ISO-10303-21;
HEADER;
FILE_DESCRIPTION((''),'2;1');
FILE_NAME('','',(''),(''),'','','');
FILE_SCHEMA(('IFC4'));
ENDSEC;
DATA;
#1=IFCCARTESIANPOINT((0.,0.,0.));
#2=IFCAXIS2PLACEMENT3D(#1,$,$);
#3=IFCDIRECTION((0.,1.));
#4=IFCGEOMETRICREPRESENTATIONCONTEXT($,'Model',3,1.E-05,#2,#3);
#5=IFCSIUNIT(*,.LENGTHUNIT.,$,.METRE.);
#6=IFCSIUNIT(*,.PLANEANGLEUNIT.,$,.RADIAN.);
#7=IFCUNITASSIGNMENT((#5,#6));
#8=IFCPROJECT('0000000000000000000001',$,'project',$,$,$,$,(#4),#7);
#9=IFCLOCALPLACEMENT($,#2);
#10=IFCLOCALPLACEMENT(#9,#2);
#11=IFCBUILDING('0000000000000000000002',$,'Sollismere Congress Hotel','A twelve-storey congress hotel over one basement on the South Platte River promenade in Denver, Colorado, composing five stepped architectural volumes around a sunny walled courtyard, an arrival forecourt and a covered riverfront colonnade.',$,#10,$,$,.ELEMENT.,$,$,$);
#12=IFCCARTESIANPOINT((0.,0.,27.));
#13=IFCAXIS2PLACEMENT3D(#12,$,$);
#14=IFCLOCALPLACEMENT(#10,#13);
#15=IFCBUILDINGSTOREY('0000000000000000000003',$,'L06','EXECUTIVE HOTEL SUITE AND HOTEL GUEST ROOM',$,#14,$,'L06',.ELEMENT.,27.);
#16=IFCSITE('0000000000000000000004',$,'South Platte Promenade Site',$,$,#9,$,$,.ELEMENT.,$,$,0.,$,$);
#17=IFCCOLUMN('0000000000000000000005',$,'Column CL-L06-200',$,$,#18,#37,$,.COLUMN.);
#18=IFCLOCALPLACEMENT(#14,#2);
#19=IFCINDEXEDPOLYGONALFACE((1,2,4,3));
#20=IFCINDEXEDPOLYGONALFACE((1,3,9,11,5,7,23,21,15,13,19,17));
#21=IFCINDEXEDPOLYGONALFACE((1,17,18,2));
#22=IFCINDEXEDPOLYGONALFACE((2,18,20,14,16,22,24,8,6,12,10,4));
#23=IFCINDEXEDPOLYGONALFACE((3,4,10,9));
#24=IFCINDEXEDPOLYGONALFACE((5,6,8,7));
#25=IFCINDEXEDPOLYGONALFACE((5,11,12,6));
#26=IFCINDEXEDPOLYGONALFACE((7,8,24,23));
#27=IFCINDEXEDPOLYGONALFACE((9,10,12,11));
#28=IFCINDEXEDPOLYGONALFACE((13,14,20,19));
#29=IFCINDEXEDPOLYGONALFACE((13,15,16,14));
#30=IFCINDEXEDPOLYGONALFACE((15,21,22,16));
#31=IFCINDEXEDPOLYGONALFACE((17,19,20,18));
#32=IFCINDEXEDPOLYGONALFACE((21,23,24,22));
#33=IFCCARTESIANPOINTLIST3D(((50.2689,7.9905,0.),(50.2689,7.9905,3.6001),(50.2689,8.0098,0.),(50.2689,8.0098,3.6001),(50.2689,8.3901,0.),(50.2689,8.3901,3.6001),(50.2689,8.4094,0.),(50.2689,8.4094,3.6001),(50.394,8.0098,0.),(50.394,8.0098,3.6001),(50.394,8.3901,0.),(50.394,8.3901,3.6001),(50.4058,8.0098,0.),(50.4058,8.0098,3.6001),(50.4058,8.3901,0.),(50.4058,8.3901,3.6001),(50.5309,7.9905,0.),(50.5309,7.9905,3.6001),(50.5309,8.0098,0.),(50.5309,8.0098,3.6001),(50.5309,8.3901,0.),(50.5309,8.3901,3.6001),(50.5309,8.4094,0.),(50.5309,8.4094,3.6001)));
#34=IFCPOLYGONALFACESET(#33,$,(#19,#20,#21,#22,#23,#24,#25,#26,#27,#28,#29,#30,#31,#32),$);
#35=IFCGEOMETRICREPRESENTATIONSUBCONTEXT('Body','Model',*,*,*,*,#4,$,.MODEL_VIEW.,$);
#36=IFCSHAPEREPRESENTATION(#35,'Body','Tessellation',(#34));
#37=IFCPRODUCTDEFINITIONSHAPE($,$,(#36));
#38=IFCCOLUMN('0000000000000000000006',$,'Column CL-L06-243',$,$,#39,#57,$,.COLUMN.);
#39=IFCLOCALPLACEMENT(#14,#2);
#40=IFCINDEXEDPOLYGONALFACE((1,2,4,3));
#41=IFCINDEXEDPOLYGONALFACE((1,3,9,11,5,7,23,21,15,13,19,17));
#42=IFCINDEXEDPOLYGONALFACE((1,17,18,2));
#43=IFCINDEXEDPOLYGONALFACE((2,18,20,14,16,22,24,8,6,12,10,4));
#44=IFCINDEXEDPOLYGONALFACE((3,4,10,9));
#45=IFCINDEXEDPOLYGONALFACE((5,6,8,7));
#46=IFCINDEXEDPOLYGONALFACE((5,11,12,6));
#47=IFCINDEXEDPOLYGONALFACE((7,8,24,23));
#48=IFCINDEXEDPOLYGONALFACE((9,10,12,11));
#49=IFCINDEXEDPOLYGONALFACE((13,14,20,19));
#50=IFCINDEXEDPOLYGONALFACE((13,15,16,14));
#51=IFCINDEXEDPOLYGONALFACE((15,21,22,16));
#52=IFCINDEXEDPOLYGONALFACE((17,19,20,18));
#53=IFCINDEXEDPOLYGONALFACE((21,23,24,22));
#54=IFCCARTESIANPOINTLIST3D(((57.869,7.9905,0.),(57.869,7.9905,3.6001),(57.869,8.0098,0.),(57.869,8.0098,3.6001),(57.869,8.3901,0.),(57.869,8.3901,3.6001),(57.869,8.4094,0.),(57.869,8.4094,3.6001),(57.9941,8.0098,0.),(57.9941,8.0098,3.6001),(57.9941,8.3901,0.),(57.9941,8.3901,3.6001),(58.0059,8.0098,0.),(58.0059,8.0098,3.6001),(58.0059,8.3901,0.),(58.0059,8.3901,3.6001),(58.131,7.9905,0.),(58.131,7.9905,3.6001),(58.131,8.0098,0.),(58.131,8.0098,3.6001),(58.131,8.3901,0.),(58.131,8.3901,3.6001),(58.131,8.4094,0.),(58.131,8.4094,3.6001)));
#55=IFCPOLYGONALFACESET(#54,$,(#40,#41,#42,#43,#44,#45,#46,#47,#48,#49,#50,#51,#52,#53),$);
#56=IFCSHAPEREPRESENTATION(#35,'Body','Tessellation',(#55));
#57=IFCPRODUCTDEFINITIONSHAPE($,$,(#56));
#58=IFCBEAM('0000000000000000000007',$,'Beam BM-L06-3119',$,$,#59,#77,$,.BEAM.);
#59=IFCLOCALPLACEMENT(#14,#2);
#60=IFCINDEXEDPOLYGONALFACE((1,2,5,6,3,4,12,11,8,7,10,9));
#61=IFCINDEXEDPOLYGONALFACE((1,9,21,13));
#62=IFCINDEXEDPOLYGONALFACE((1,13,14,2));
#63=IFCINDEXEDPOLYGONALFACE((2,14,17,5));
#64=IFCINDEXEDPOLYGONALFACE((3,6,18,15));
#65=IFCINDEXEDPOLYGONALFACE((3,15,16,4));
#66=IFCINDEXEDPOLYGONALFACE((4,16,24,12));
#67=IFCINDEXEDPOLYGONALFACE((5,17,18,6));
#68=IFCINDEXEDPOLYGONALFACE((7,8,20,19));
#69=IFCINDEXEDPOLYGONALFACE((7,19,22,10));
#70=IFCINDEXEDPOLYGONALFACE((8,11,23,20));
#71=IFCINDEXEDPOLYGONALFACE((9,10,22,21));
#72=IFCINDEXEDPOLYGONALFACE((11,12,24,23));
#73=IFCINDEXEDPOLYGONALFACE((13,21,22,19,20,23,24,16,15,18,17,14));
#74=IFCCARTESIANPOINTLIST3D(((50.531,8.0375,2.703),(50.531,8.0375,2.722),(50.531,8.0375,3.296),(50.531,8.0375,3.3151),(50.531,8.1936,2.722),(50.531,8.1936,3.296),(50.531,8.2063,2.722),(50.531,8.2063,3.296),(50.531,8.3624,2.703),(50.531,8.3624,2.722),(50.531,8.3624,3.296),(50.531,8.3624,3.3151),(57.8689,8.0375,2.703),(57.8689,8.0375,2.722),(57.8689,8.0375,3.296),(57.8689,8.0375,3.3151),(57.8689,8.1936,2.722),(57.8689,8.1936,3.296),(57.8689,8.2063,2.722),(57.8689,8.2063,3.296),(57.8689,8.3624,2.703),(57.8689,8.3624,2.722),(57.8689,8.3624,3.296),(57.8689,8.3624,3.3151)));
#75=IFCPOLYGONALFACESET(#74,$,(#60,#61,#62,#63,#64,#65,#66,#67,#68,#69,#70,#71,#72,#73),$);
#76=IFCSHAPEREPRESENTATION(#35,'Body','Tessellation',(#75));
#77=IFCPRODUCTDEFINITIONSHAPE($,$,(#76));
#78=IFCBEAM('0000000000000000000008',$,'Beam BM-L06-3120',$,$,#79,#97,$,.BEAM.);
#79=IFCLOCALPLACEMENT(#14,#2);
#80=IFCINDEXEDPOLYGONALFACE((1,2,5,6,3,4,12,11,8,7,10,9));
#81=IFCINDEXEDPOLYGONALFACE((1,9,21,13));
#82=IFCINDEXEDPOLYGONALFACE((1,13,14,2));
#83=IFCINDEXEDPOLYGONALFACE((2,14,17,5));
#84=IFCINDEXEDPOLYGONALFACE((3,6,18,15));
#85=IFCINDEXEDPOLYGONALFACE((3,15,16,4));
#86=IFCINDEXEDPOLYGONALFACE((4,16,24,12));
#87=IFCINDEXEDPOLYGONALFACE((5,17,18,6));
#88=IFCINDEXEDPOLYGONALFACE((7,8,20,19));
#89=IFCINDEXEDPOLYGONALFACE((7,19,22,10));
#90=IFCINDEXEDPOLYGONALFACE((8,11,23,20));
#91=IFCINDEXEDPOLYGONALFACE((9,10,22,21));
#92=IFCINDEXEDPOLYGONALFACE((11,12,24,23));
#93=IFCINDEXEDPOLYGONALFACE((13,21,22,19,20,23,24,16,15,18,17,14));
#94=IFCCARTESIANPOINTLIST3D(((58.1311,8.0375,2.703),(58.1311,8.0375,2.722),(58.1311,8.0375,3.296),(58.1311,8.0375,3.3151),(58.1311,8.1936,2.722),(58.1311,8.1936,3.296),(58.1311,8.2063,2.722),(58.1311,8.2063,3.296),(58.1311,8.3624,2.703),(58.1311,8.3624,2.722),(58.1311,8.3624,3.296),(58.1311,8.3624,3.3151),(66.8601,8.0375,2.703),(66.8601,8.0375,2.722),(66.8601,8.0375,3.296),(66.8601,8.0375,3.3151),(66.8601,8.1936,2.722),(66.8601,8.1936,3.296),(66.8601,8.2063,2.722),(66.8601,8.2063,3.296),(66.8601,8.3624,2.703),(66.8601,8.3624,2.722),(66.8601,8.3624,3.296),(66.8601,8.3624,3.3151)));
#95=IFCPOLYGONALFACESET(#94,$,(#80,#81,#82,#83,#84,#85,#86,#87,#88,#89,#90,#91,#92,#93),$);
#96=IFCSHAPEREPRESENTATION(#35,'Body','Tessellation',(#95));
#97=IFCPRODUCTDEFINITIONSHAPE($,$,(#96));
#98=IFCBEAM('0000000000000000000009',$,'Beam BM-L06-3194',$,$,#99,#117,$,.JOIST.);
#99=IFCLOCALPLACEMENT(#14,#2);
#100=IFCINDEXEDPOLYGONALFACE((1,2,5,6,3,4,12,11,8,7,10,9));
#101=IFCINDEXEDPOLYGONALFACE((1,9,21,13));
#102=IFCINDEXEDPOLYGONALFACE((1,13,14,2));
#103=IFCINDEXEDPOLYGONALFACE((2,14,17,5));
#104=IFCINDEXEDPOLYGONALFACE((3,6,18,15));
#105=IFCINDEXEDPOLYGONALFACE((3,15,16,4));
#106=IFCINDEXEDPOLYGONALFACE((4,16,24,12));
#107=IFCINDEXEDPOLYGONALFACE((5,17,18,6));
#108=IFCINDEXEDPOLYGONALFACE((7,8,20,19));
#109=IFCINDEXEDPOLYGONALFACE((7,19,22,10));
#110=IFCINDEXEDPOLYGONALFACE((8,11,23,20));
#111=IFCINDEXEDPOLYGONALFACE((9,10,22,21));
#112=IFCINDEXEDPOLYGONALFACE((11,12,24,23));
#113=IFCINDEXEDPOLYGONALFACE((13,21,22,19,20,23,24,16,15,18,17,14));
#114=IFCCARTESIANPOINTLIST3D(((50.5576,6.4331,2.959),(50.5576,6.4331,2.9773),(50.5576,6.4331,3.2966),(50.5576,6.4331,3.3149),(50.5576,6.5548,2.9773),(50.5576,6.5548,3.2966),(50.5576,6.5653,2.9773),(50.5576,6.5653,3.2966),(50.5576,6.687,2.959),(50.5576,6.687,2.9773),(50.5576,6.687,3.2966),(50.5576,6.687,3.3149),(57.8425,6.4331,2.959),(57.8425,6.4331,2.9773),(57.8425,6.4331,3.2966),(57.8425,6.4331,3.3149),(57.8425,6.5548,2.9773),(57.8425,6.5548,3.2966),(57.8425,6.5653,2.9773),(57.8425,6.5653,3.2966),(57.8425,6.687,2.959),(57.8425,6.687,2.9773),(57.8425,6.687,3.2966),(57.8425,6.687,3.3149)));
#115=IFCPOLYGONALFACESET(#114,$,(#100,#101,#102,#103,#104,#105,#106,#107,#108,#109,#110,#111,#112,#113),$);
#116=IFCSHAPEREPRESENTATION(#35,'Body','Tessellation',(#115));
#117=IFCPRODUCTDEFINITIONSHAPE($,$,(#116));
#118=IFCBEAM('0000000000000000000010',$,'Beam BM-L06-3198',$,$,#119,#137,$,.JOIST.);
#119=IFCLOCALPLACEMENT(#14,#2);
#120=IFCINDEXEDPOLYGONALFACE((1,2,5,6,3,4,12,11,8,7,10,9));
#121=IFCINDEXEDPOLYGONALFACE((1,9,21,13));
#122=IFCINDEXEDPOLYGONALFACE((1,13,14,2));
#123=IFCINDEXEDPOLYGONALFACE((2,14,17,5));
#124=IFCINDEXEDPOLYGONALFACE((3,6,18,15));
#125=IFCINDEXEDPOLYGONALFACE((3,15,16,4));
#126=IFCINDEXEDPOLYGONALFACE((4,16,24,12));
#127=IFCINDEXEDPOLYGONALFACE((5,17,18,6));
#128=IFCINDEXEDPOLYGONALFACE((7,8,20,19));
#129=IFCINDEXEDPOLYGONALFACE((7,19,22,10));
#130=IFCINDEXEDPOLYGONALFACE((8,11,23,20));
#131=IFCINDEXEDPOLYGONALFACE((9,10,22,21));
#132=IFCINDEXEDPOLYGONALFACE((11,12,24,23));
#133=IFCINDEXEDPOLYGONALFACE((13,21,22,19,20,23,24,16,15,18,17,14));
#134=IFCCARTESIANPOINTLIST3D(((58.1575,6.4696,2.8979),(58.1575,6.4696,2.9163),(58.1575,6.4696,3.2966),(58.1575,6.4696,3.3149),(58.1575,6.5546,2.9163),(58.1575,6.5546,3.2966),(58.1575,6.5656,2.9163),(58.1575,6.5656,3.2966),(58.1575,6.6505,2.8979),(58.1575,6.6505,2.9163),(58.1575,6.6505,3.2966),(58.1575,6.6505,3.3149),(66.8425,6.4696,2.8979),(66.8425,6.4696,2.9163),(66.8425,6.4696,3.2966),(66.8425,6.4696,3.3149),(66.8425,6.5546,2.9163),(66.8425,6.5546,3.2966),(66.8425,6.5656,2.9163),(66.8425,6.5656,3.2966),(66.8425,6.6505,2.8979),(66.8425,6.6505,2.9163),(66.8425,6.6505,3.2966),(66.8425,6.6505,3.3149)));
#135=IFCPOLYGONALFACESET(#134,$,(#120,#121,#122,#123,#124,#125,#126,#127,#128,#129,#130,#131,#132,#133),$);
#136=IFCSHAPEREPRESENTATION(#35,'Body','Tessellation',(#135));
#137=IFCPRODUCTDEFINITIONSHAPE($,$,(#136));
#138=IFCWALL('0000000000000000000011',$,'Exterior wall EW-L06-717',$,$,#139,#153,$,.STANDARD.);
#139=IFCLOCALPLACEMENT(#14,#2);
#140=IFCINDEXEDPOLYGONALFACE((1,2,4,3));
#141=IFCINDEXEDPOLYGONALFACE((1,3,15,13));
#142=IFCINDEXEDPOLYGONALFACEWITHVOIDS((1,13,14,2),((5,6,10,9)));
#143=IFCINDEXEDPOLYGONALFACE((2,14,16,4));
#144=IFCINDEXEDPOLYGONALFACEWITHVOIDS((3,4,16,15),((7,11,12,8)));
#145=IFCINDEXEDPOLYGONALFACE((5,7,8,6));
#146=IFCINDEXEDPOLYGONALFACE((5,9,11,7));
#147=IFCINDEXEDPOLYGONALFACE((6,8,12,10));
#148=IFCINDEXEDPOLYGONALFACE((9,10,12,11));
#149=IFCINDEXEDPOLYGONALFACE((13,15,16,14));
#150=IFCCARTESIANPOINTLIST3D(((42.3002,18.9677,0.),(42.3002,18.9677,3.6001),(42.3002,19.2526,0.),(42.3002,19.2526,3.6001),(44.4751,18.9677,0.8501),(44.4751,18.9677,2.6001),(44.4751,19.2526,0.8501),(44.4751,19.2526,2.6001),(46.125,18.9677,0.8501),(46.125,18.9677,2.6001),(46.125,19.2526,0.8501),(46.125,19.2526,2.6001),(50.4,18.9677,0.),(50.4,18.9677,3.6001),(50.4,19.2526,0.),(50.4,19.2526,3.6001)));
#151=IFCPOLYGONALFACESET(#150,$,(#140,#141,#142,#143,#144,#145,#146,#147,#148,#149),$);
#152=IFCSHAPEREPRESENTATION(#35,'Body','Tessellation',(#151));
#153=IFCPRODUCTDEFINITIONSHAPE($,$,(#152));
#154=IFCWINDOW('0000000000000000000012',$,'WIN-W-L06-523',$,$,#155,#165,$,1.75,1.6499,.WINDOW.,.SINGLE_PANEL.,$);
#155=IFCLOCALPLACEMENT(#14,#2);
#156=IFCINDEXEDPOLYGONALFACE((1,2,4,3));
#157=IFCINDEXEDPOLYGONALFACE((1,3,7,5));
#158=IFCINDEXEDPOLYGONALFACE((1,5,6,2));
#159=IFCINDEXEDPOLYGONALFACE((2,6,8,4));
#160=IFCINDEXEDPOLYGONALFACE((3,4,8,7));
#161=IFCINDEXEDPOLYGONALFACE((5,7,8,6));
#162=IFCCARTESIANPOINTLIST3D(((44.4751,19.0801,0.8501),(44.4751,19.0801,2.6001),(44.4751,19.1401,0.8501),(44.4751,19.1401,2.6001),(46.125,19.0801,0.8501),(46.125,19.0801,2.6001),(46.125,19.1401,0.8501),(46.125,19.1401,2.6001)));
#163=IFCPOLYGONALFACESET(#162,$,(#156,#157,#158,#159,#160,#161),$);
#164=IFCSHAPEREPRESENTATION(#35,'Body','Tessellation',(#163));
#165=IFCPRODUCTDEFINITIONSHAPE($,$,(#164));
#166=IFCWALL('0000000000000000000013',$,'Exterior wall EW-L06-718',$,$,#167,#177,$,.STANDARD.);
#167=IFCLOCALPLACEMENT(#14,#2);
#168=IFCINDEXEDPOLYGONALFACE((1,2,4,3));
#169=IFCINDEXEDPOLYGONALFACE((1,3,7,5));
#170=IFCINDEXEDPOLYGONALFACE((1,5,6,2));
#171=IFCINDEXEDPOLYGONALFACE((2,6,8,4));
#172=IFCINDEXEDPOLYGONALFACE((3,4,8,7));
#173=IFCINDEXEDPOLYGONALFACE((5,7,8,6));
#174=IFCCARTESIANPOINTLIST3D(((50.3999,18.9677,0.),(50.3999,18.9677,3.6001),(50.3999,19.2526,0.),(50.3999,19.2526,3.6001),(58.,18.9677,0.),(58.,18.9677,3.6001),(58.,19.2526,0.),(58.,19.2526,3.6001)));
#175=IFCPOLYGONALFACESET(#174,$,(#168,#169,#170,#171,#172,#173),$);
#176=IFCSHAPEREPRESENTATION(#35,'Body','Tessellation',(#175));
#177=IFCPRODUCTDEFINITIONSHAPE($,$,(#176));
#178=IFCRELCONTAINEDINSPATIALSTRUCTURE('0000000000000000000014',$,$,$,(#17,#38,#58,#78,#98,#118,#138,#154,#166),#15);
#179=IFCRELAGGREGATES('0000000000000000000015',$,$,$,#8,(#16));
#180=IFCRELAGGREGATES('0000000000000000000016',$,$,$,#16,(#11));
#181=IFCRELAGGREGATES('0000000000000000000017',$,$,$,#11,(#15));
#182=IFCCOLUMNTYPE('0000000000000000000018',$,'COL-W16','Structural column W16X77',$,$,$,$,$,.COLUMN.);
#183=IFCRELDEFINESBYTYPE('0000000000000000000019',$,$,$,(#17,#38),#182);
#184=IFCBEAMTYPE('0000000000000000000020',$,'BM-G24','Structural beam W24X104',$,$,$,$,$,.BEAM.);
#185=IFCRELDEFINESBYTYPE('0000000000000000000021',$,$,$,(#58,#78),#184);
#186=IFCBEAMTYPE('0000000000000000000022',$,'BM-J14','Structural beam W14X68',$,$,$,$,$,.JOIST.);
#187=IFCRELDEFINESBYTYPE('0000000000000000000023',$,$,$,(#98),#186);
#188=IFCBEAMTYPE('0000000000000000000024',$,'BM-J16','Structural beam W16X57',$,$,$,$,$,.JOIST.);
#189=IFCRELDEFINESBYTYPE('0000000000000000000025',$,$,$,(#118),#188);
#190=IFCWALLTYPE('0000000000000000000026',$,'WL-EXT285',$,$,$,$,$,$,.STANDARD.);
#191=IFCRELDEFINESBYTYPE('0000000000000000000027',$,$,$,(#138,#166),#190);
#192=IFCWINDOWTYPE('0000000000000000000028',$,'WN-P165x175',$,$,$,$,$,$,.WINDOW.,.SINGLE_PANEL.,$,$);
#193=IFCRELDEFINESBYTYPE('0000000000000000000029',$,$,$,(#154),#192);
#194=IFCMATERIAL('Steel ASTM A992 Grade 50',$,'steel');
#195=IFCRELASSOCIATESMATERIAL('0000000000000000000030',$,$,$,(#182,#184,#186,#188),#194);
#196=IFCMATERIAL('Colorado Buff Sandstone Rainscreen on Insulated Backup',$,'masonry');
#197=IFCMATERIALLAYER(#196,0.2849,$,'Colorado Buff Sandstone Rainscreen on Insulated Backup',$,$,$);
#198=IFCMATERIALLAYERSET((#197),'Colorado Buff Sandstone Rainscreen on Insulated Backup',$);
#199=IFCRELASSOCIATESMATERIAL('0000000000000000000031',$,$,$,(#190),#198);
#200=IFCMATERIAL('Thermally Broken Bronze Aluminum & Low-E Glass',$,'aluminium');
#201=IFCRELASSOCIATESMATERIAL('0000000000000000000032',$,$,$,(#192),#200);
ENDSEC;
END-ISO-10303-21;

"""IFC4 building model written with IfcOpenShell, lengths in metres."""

from ifc_helpers import new_model, si_unit, direction, frame, frame_2d, origin, origin_2d, place, context, subcontext, project, spatial, rectangle, i_section, extrude, material, layer, layer_set, material_profile, profile_set, type_object, element, fill, save


model = new_model("IFC4")

# Units and contexts
model_context = context("Model", 3, precision=1e-05, world=origin(), true_north=direction((0.0, 1.0)))
body_context = subcontext(model_context, "Body", "Model", "MODEL_VIEW")
ifc_project = project(units=[si_unit("LENGTHUNIT", "METRE"), si_unit("PLANEANGLEUNIT", "RADIAN")], contexts=[model_context])

# Site, building, storey
site_placement = place(None, origin())
site = spatial("IfcSite", under=ifc_project, at=site_placement, Name="South Platte Promenade Site", CompositionType="ELEMENT", RefElevation=0.0)
building_placement = place(site_placement, origin())
building = spatial("IfcBuilding", under=site, at=building_placement, Name="Sollismere Congress Hotel", Description="A twelve-storey congress hotel over one basement on the South Platte River promenade in Denver, Colorado, composing five stepped architectural volumes around a sunny walled courtyard, an arrival forecourt and a covered riverfront colonnade.", CompositionType="ELEMENT")
storey_placement = place(building_placement, frame((0.0, 0.0, 27.0)))
storey = spatial("IfcBuildingStorey", under=building, at=storey_placement, Name="L06", Description="EXECUTIVE HOTEL SUITE AND HOTEL GUEST ROOM", LongName="L06", CompositionType="ELEMENT", Elevation=27.0)

# Columns
ifc_material_1 = material(Name="Steel ASTM A992 Grade 50", Category="steel")
ifc_material_profile_1 = material_profile(ifc_material_1, i_section(OverallWidth=0.262, OverallDepth=0.4189, WebThickness=0.0117, FlangeThickness=0.0193, at=origin_2d()), Name="W16X77")
ifc_profile_set_1 = profile_set([ifc_material_profile_1], Name="Steel ASTM A992 Grade 50")
column_type = type_object("IfcColumnType", Name="COL-W16", Description="Structural column W16X77", PredefinedType="COLUMN", material=ifc_profile_set_1)
for number, where, z_axis, x_axis, name in (
    (1, (50.3999, 8.2, 0.0), (0.0, 0.0, 1.0), (1.0, 0.0, 0.0), "Column CL-L06-200"),
    (2, (58.0, 8.2, 0.0), (0.0, 0.0, 1.0), (1.0, 0.0, 0.0), "Column CL-L06-243"),
):
    element("IfcColumn", number, at=place(storey_placement, frame(where, z_axis=z_axis, x_axis=x_axis)), inside=storey, type_object=column_type, Name=name, PredefinedType="COLUMN", context=body_context, shape_type="SweptSolid", body=[
        extrude(i_section(OverallWidth=0.262, OverallDepth=0.4189, WebThickness=0.0117, FlangeThickness=0.0193, at=origin_2d()), origin(), (0.0, 0.0, 1.0), 3.6001),
    ])

# Beams
ifc_material_profile_2 = material_profile(ifc_material_1, i_section(OverallWidth=0.325, OverallDepth=0.6121, WebThickness=0.0127, FlangeThickness=0.019, at=origin_2d()), Name="W24X104")
ifc_profile_set_2 = profile_set([ifc_material_profile_2], Name="Steel ASTM A992 Grade 50")
beam_type_1 = type_object("IfcBeamType", Name="BM-G24", Description="Structural beam W24X104", PredefinedType="BEAM", material=ifc_profile_set_2)
beam_1_placement = place(storey_placement, frame((50.531, 8.2, 3.009), z_axis=(1.0, 0.0, 0.0), x_axis=(0.0, 1.0, 0.0)))
element("IfcBeam", 3, at=beam_1_placement, inside=storey, type_object=beam_type_1, Name="Beam BM-L06-3119", PredefinedType="BEAM", context=body_context, shape_type="SweptSolid", body=[
    extrude(i_section(OverallWidth=0.325, OverallDepth=0.6121, WebThickness=0.0127, FlangeThickness=0.019, at=origin_2d()), origin(), (0.0, 0.0, 1.0), 7.3379),
])
beam_2_placement = place(storey_placement, frame((58.1311, 8.2, 3.009), z_axis=(1.0, 0.0, 0.0), x_axis=(0.0, 1.0, 0.0)))
element("IfcBeam", 4, at=beam_2_placement, inside=storey, type_object=beam_type_1, Name="Beam BM-L06-3120", PredefinedType="BEAM", context=body_context, shape_type="SweptSolid", body=[
    extrude(i_section(OverallWidth=0.325, OverallDepth=0.6121, WebThickness=0.0127, FlangeThickness=0.019, at=origin_2d()), origin(), (0.0, 0.0, 1.0), 8.729),
])
ifc_material_profile_3 = material_profile(ifc_material_1, i_section(OverallWidth=0.2539, OverallDepth=0.356, WebThickness=0.0105, FlangeThickness=0.0183, at=origin_2d()), Name="W14X68")
ifc_profile_set_3 = profile_set([ifc_material_profile_3], Name="Steel ASTM A992 Grade 50")
beam_type_2 = type_object("IfcBeamType", Name="BM-J14", Description="Structural beam W14X68", PredefinedType="JOIST", material=ifc_profile_set_3)
beam_3_placement = place(storey_placement, frame((50.5576, 6.5601, 3.137), z_axis=(1.0, 0.0, 0.0), x_axis=(0.0, 1.0, 0.0)))
element("IfcBeam", 5, at=beam_3_placement, inside=storey, type_object=beam_type_2, Name="Beam BM-L06-3194", PredefinedType="JOIST", context=body_context, shape_type="SweptSolid", body=[
    extrude(i_section(OverallWidth=0.2539, OverallDepth=0.356, WebThickness=0.0105, FlangeThickness=0.0183, at=origin_2d()), origin(), (0.0, 0.0, 1.0), 7.2849),
])
ifc_material_profile_4 = material_profile(ifc_material_1, i_section(OverallWidth=0.1809, OverallDepth=0.417, WebThickness=0.011, FlangeThickness=0.0183, at=origin_2d()), Name="W16X57")
ifc_profile_set_4 = profile_set([ifc_material_profile_4], Name="Steel ASTM A992 Grade 50")
beam_type_3 = type_object("IfcBeamType", Name="BM-J16", Description="Structural beam W16X57", PredefinedType="JOIST", material=ifc_profile_set_4)
beam_4_placement = place(storey_placement, frame((58.1575, 6.5601, 3.1064), z_axis=(1.0, 0.0, 0.0), x_axis=(0.0, 1.0, 0.0)))
element("IfcBeam", 6, at=beam_4_placement, inside=storey, type_object=beam_type_3, Name="Beam BM-L06-3198", PredefinedType="JOIST", context=body_context, shape_type="SweptSolid", body=[
    extrude(i_section(OverallWidth=0.1809, OverallDepth=0.417, WebThickness=0.011, FlangeThickness=0.0183, at=origin_2d()), origin(), (0.0, 0.0, 1.0), 8.6851),
])

# Wall, opening, window
ifc_material_2 = material(Name="Colorado Buff Sandstone Rainscreen on Insulated Backup", Category="masonry")
ifc_layer_1 = layer(ifc_material_2, 0.2849, Name="Colorado Buff Sandstone Rainscreen on Insulated Backup")
ifc_layer_set_1 = layer_set([ifc_layer_1], Name="Colorado Buff Sandstone Rainscreen on Insulated Backup")
wall_type_1 = type_object("IfcWallType", Name="WL-EXT285", PredefinedType="STANDARD", material=ifc_layer_set_1)
wall_1_placement = place(storey_placement, frame((50.3999, 19.1101, 0.0), z_axis=(0.0, 0.0, 1.0), x_axis=(-1.0, 0.0, 0.0)))
wall_1 = element("IfcWall", 7, at=wall_1_placement, inside=storey, type_object=wall_type_1, Name="Exterior wall EW-L06-717", PredefinedType="STANDARD", context=body_context, shape_type="SweptSolid", body=[
    extrude(rectangle(XDim=8.0999, YDim=0.2849, at=frame_2d((4.0498, 0.0))), origin(), (0.0, 0.0, 1.0), 3.6001),
])
opening_1_placement = place(wall_1_placement, frame((4.2749, 0.0, 0.8501)))
opening_1 = element("IfcOpeningElement", 8, at=opening_1_placement, cuts=wall_1, PredefinedType="OPENING", context=body_context, shape_type="SweptSolid", body=[
    extrude(rectangle(XDim=1.6499, YDim=1.75, at=frame_2d((0.825, 0.875))), frame((0.0, 0.1523, 0.0), z_axis=(0.0, -1.0, 0.0), x_axis=(1.0, 0.0, 0.0)), (0.0, 0.0, 1.0), 0.3049),
])
ifc_material_3 = material(Name="Thermally Broken Bronze Aluminum & Low-E Glass", Category="aluminium")
window_type = type_object("IfcWindowType", Name="WN-P165x175", PartitioningType="SINGLE_PANEL", PredefinedType="WINDOW", material=ifc_material_3)
window_placement = place(opening_1_placement, origin())
window = element("IfcWindow", 9, at=window_placement, inside=storey, type_object=window_type, Name="WIN-W-L06-523", OverallHeight=1.75, OverallWidth=1.6499, PartitioningType="SINGLE_PANEL", PredefinedType="WINDOW", context=body_context, shape_type="SweptSolid", body=[
    extrude(rectangle(XDim=1.6499, YDim=1.75, at=frame_2d((0.825, 0.875))), frame((0.0, 0.03, 0.0), z_axis=(0.0, -1.0, 0.0), x_axis=(1.0, 0.0, 0.0)), (0.0, 0.0, 1.0), 0.0601),
])
fill(opening_1, window)

# Wall
wall_2_placement = place(storey_placement, frame((58.0, 19.1101, 0.0), z_axis=(0.0, 0.0, 1.0), x_axis=(-1.0, 0.0, 0.0)))
element("IfcWall", 10, at=wall_2_placement, inside=storey, type_object=wall_type_1, Name="Exterior wall EW-L06-718", PredefinedType="STANDARD", context=body_context, shape_type="SweptSolid", body=[
    extrude(rectangle(XDim=7.6001, YDim=0.2849, at=frame_2d((3.8, 0.0))), origin(), (0.0, 0.0, 1.0), 3.6001),
])

save(model, "model.ifc")
